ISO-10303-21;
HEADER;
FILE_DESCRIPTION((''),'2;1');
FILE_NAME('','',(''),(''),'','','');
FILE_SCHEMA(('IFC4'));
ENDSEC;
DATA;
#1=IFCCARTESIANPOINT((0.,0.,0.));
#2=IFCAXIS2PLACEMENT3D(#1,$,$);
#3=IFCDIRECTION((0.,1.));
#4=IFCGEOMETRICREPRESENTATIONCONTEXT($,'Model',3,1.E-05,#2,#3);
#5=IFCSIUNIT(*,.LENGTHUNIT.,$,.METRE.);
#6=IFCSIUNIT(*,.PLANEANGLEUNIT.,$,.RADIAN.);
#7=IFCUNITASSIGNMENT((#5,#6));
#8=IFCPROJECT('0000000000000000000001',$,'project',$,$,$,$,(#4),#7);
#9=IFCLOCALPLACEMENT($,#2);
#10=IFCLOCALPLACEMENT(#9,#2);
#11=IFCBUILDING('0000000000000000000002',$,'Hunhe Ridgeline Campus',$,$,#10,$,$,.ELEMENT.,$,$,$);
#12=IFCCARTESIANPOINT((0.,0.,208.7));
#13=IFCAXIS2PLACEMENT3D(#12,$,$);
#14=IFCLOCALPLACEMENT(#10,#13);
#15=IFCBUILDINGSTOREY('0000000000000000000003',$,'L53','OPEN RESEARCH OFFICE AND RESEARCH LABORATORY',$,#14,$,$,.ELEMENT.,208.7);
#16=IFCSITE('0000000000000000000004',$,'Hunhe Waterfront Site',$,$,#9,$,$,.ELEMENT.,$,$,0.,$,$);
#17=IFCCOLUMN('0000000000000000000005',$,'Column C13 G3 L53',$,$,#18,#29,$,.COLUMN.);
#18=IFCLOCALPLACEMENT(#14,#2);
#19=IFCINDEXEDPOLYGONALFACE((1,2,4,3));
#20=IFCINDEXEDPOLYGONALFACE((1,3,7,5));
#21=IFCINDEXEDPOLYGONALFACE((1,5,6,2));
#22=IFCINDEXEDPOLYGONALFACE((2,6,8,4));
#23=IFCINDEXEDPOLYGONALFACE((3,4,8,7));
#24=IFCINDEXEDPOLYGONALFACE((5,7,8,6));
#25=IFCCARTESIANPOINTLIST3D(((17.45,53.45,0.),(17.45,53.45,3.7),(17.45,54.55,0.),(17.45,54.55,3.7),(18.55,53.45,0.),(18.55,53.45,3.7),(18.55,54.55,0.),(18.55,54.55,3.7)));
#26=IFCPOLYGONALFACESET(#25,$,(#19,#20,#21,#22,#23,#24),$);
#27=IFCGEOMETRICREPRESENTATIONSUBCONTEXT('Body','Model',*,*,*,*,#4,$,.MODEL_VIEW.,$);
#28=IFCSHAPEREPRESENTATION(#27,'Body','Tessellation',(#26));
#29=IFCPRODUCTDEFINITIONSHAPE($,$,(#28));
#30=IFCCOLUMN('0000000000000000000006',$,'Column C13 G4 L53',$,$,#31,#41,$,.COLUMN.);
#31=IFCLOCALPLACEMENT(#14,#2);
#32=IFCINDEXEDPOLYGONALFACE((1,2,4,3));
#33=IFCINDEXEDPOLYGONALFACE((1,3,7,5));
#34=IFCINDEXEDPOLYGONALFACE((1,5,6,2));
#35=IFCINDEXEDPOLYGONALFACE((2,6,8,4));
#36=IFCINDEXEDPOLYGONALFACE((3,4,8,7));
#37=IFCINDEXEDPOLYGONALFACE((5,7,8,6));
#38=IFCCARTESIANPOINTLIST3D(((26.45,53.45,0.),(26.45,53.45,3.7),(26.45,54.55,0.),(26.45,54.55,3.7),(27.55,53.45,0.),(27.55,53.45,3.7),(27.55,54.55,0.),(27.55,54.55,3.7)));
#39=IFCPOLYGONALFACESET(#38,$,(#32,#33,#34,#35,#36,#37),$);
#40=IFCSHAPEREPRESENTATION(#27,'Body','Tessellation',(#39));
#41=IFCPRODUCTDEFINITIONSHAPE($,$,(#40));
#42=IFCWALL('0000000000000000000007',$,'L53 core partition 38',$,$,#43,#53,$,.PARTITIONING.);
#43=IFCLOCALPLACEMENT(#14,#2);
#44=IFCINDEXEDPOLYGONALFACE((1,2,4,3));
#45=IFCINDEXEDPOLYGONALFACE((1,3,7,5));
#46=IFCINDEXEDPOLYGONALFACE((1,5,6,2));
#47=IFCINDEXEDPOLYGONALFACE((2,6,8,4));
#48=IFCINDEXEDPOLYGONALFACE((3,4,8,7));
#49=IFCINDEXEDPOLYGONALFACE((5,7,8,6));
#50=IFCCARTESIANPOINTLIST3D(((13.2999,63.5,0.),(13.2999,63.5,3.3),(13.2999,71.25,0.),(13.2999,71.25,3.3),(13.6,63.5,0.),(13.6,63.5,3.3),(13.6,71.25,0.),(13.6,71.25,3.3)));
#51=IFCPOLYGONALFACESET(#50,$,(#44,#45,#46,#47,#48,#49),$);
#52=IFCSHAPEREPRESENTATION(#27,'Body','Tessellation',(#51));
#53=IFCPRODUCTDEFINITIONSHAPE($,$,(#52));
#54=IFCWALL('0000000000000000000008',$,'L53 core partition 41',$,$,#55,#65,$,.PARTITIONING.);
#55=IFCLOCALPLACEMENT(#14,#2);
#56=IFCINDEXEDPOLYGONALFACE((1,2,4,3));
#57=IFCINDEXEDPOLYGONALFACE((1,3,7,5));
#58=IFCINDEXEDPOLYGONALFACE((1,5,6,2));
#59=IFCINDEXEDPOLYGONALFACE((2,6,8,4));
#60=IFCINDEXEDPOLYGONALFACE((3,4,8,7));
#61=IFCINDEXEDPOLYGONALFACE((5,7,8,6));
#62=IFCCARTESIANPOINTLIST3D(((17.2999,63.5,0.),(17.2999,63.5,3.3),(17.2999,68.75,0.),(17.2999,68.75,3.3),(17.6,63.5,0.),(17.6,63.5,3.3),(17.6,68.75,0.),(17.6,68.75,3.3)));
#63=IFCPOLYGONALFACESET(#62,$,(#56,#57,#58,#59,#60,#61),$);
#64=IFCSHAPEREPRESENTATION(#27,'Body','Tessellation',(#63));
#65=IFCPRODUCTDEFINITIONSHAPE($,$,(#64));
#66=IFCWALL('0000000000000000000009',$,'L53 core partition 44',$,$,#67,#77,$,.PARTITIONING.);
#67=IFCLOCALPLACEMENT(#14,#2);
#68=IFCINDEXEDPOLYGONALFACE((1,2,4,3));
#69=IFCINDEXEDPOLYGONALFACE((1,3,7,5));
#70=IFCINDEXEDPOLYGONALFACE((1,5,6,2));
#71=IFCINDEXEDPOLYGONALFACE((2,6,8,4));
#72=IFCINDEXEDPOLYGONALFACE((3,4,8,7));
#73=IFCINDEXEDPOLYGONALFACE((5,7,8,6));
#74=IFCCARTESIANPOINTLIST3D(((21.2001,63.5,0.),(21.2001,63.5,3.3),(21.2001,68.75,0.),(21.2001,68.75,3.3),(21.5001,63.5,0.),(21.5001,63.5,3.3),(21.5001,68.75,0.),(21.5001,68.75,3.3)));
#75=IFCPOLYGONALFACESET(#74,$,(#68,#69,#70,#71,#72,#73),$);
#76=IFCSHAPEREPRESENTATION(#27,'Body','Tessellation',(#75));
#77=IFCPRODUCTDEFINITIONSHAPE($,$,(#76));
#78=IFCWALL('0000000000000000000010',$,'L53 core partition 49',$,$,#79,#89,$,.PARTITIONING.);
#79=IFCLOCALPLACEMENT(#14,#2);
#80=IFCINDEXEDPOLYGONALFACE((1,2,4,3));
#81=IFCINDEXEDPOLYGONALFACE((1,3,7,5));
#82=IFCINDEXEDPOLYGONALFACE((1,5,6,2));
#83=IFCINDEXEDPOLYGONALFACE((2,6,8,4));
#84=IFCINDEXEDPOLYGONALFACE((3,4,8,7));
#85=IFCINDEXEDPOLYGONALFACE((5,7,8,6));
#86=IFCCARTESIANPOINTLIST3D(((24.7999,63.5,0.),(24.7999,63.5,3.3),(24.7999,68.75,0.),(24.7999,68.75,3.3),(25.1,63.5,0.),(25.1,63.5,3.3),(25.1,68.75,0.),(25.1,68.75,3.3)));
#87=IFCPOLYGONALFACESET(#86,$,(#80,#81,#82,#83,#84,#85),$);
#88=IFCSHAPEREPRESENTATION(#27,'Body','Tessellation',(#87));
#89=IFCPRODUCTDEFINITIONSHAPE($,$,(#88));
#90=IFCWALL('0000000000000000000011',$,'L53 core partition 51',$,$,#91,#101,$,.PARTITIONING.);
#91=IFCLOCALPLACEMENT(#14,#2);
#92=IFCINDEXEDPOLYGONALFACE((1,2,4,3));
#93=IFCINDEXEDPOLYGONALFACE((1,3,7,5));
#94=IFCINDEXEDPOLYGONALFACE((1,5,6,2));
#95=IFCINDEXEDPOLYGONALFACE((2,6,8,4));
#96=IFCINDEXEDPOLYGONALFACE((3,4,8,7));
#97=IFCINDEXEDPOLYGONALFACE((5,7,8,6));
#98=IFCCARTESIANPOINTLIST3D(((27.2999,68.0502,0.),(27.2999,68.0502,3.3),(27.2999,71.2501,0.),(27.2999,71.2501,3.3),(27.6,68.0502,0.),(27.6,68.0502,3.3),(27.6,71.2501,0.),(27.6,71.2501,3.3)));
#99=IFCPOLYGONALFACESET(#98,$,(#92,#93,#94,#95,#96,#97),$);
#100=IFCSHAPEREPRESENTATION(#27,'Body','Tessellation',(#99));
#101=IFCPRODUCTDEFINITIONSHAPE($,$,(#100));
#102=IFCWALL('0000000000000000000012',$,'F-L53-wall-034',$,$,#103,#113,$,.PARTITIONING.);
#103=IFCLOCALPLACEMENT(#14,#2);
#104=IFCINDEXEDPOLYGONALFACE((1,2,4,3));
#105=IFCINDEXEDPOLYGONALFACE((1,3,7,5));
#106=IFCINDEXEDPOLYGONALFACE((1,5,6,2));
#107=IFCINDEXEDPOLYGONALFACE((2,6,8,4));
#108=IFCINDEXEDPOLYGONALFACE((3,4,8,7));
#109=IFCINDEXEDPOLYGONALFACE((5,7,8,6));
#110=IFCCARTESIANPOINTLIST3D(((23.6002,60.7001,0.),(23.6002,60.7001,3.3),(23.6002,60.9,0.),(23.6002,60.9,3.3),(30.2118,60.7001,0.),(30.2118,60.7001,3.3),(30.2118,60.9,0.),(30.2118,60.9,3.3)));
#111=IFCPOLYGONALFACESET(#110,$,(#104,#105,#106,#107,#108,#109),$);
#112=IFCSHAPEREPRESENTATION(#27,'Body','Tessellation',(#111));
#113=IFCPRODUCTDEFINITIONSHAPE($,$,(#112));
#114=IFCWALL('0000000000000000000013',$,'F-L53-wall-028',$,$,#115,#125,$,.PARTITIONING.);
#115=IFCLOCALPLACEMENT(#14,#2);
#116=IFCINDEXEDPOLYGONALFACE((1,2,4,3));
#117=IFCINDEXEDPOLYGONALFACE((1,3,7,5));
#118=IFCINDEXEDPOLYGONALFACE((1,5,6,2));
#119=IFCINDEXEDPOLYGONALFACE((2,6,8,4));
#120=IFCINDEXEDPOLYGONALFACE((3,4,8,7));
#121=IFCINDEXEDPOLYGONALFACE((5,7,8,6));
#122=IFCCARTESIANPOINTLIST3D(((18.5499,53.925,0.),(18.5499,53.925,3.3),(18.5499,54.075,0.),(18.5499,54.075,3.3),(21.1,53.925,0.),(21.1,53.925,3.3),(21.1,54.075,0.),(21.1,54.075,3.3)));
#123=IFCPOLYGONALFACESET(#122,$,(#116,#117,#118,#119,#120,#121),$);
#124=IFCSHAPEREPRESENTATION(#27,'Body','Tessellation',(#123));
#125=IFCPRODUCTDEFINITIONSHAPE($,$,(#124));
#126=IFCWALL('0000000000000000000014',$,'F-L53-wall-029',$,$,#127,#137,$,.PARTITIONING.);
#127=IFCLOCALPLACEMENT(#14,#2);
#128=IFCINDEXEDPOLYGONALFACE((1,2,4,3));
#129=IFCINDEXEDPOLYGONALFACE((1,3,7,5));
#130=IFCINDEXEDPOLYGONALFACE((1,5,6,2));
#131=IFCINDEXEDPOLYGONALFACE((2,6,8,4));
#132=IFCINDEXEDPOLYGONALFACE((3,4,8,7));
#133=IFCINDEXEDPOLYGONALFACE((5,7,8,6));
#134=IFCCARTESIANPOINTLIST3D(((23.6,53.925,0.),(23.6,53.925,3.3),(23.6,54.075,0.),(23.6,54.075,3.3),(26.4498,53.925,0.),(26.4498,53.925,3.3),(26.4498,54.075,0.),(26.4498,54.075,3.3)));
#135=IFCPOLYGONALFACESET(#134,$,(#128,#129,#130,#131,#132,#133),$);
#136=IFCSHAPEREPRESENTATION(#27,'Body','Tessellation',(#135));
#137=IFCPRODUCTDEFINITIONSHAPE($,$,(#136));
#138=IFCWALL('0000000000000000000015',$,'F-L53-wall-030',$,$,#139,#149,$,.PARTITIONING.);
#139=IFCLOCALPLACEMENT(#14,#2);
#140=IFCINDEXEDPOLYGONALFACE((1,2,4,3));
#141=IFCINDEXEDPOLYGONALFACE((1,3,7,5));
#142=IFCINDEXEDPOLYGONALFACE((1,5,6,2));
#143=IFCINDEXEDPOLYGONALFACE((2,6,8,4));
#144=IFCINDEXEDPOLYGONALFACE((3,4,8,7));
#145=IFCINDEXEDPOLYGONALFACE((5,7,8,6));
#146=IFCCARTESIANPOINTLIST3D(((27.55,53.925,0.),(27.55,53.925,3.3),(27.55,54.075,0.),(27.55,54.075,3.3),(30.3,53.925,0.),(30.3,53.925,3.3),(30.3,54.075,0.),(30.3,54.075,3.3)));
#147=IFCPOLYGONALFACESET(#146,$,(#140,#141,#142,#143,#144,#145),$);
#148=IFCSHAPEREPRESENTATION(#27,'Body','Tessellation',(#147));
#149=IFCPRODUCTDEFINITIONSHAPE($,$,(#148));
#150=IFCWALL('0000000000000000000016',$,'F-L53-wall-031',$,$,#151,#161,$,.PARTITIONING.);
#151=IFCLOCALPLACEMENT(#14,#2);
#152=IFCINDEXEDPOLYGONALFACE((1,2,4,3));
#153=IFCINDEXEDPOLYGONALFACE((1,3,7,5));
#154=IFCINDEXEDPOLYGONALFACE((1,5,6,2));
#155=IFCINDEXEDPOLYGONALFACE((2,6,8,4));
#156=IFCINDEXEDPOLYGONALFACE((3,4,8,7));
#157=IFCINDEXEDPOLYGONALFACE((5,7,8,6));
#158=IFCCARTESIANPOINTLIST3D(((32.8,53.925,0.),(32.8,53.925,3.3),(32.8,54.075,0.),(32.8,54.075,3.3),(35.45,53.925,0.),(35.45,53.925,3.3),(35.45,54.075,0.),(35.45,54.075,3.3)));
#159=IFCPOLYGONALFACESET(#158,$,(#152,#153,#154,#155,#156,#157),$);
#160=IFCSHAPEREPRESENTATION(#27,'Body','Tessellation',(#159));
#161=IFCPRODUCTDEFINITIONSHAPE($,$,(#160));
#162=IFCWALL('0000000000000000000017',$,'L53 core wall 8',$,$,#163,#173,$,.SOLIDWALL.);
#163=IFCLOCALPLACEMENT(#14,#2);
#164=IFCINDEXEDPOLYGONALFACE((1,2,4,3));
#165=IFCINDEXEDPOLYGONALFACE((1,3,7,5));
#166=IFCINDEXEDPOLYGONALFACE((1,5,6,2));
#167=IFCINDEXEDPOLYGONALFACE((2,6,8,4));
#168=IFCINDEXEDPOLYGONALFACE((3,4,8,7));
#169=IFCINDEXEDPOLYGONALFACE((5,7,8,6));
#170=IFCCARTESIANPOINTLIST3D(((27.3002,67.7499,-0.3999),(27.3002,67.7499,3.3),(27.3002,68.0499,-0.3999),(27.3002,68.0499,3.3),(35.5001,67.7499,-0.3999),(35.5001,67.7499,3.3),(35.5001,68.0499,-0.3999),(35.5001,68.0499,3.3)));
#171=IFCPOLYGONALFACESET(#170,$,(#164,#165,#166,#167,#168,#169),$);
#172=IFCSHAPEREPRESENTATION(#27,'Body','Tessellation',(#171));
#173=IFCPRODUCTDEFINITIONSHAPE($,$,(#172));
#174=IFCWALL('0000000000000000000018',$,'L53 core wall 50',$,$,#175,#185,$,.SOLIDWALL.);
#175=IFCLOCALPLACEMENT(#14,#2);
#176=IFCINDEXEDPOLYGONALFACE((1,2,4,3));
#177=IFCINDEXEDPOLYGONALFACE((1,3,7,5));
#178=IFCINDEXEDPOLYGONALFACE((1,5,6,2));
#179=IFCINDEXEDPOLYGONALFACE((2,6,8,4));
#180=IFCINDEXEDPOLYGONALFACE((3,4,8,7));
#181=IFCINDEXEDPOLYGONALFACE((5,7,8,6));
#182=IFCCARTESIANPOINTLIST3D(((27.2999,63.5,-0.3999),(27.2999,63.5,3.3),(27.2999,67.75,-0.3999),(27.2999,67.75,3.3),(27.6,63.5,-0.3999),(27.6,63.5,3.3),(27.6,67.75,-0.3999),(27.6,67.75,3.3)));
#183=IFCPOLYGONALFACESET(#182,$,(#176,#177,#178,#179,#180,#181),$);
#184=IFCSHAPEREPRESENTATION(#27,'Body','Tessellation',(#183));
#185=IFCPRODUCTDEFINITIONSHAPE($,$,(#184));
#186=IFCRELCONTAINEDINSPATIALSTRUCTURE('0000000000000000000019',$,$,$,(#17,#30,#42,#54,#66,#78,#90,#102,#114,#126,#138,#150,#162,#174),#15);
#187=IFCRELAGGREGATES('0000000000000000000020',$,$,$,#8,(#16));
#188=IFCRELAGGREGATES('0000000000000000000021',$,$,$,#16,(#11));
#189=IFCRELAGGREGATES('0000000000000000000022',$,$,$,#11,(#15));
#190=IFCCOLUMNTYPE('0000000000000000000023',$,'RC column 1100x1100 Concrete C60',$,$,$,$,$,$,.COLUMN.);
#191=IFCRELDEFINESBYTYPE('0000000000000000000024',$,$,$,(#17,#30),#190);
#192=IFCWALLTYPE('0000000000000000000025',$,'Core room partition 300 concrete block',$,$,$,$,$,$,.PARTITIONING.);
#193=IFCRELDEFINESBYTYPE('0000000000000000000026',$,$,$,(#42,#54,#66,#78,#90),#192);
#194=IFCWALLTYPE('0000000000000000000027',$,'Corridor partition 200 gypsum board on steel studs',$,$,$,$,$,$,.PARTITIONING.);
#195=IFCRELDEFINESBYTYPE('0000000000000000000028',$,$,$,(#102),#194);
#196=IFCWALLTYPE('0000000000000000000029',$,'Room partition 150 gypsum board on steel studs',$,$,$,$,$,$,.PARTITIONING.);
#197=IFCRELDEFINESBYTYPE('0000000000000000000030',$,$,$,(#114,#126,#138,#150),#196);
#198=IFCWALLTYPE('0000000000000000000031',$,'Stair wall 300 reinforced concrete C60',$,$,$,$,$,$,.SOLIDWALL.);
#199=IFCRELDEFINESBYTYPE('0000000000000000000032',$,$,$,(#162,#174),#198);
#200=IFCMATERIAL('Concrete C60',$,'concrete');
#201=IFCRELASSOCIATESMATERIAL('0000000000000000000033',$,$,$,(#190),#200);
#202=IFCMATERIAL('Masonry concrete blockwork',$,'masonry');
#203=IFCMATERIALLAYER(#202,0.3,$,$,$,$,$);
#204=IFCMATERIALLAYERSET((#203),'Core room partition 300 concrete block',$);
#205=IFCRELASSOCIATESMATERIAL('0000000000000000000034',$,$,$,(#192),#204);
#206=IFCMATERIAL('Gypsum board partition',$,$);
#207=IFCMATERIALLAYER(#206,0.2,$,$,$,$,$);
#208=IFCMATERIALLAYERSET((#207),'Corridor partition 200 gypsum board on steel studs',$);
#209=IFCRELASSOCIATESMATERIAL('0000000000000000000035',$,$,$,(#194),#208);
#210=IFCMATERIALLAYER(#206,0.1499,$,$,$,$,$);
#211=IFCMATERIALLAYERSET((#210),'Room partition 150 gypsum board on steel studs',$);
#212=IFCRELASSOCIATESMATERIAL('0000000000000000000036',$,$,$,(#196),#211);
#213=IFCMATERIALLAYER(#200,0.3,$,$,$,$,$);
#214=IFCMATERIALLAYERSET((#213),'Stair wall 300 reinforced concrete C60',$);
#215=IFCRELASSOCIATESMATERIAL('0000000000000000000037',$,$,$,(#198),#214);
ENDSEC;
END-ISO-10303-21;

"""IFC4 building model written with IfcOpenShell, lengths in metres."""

from ifc_helpers import new_model, si_unit, direction, frame, frame_2d, origin, origin_2d, place, context, subcontext, project, spatial, rectangle, extrude, material, layer, layer_set, material_profile, profile_set, type_object, element, save


model = new_model("IFC4")

# Units and contexts
model_context = context("Model", 3, precision=1e-05, world=origin(), true_north=direction((0.0, 1.0)))
body_context = subcontext(model_context, "Body", "Model", "MODEL_VIEW")
ifc_project = project(units=[si_unit("LENGTHUNIT", "METRE"), si_unit("PLANEANGLEUNIT", "RADIAN")], contexts=[model_context])

# Site, building, storey
site_placement = place(None, origin())
site = spatial("IfcSite", under=ifc_project, at=site_placement, Name="Hunhe Waterfront Site", CompositionType="ELEMENT", RefElevation=0.0)
building_placement = place(site_placement, origin())
building = spatial("IfcBuilding", under=site, at=building_placement, Name="Hunhe Ridgeline Campus", CompositionType="ELEMENT")
storey_placement = place(building_placement, frame((0.0, 0.0, 208.7)))
storey = spatial("IfcBuildingStorey", under=building, at=storey_placement, Name="L53", Description="OPEN RESEARCH OFFICE AND RESEARCH LABORATORY", CompositionType="ELEMENT", Elevation=208.7)

# Columns
ifc_material_1 = material(Name="Concrete C60", Category="concrete")
ifc_material_profile = material_profile(ifc_material_1, rectangle(XDim=1.1001, YDim=1.1001, at=origin_2d()))
ifc_profile_set = profile_set([ifc_material_profile], Name="Concrete C60")
column_type = type_object("IfcColumnType", Name="RC column 1100x1100 Concrete C60", PredefinedType="COLUMN", material=ifc_profile_set)
for number, where, z_axis, x_axis, name in (
    (1, (18.0, 54.0, 0.0), (0.0, 0.0, 1.0), (1.0, 0.0, 0.0), "Column C13 G3 L53"),
    (2, (27.0, 54.0, 0.0), (0.0, 0.0, 1.0), (1.0, 0.0, 0.0), "Column C13 G4 L53"),
):
    element("IfcColumn", number, at=place(storey_placement, frame(where, z_axis=z_axis, x_axis=x_axis)), inside=storey, type_object=column_type, Name=name, PredefinedType="COLUMN", context=body_context, shape_type="SweptSolid", body=[
        extrude(rectangle(XDim=1.1001, YDim=1.1001, at=origin_2d()), origin(), (0.0, 0.0, 1.0), 3.7),
    ])

# Walls
ifc_material_2 = material(Name="Masonry concrete blockwork", Category="masonry")
ifc_layer_1 = layer(ifc_material_2, 0.3)
ifc_layer_set_1 = layer_set([ifc_layer_1], Name="Core room partition 300 concrete block")
wall_type_1 = type_object("IfcWallType", Name="Core room partition 300 concrete block", PredefinedType="PARTITIONING", material=ifc_layer_set_1)
wall_1_placement = place(storey_placement, frame((13.45, 63.5, 0.0), z_axis=(0.0, 0.0, 1.0), x_axis=(0.0, 1.0, 0.0)))
element("IfcWall", 3, at=wall_1_placement, inside=storey, type_object=wall_type_1, Name="L53 core partition 38", PredefinedType="PARTITIONING", context=body_context, shape_type="SweptSolid", body=[
    extrude(rectangle(XDim=7.75, YDim=0.3, at=frame_2d((3.875, 0.0))), origin(), (0.0, 0.0, 1.0), 3.3),
])
for number, where, z_axis, x_axis, name in (
    (4, (17.45, 63.5, 0.0), (0.0, 0.0, 1.0), (0.0, 1.0, 0.0), "L53 core partition 41"),
    (5, (21.3501, 63.5, 0.0), (0.0, 0.0, 1.0), (0.0, 1.0, 0.0), "L53 core partition 44"),
    (6, (24.95, 63.5, 0.0), (0.0, 0.0, 1.0), (0.0, 1.0, 0.0), "L53 core partition 49"),
):
    element("IfcWall", number, at=place(storey_placement, frame(where, z_axis=z_axis, x_axis=x_axis)), inside=storey, type_object=wall_type_1, Name=name, PredefinedType="PARTITIONING", context=body_context, shape_type="SweptSolid", body=[
        extrude(rectangle(XDim=5.25, YDim=0.3, at=frame_2d((2.625, 0.0))), origin(), (0.0, 0.0, 1.0), 3.3),
    ])
wall_2_placement = place(storey_placement, frame((27.45, 68.05, 0.0), z_axis=(0.0, 0.0, 1.0), x_axis=(0.0, 1.0, 0.0)))
element("IfcWall", 7, at=wall_2_placement, inside=storey, type_object=wall_type_1, Name="L53 core partition 51", PredefinedType="PARTITIONING", context=body_context, shape_type="SweptSolid", body=[
    extrude(rectangle(XDim=3.2, YDim=0.3, at=frame_2d((1.6001, 0.0))), origin(), (0.0, 0.0, 1.0), 3.3),
])

# Shared definitions
ifc_material_3 = material(Name="Gypsum board partition")
ifc_layer_2 = layer(ifc_material_3, 0.2)
ifc_layer_set_2 = layer_set([ifc_layer_2], Name="Corridor partition 200 gypsum board on steel studs")
wall_type_2 = type_object("IfcWallType", Name="Corridor partition 200 gypsum board on steel studs", PredefinedType="PARTITIONING", material=ifc_layer_set_2)

# Wall
wall_3_placement = place(storey_placement, frame((30.2117, 60.8, 0.0), z_axis=(0.0, 0.0, 1.0), x_axis=(-1.0, 0.0, 0.0)))
element("IfcWall", 8, at=wall_3_placement, inside=storey, type_object=wall_type_2, Name="F-L53-wall-034", PredefinedType="PARTITIONING", context=body_context, shape_type="SweptSolid", body=[
    extrude(rectangle(XDim=6.6116, YDim=0.2, at=frame_2d((3.3057, 0.0))), origin(), (0.0, 0.0, 1.0), 3.3),
])

# Walls
ifc_layer_3 = layer(ifc_material_3, 0.1499)
ifc_layer_set_3 = layer_set([ifc_layer_3], Name="Room partition 150 gypsum board on steel studs")
wall_type_3 = type_object("IfcWallType", Name="Room partition 150 gypsum board on steel studs", PredefinedType="PARTITIONING", material=ifc_layer_set_3)
wall_4_placement = place(storey_placement, frame((18.55, 54.0, 0.0), z_axis=(0.0, 0.0, 1.0), x_axis=(1.0, 0.0, 0.0)))
element("IfcWall", 9, at=wall_4_placement, inside=storey, type_object=wall_type_3, Name="F-L53-wall-028", PredefinedType="PARTITIONING", context=body_context, shape_type="SweptSolid", body=[
    extrude(rectangle(XDim=2.55, YDim=0.1499, at=frame_2d((1.2749, 0.0))), origin(), (0.0, 0.0, 1.0), 3.3),
])
wall_5_placement = place(storey_placement, frame((23.6001, 54.0, 0.0), z_axis=(0.0, 0.0, 1.0), x_axis=(1.0, 0.0, 0.0)))
element("IfcWall", 10, at=wall_5_placement, inside=storey, type_object=wall_type_3, Name="F-L53-wall-029", PredefinedType="PARTITIONING", context=body_context, shape_type="SweptSolid", body=[
    extrude(rectangle(XDim=2.8499, YDim=0.1499, at=frame_2d((1.4248, 0.0))), origin(), (0.0, 0.0, 1.0), 3.3),
])
wall_6_placement = place(storey_placement, frame((27.55, 54.0, 0.0), z_axis=(0.0, 0.0, 1.0), x_axis=(1.0, 0.0, 0.0)))
element("IfcWall", 11, at=wall_6_placement, inside=storey, type_object=wall_type_3, Name="F-L53-wall-030", PredefinedType="PARTITIONING", context=body_context, shape_type="SweptSolid", body=[
    extrude(rectangle(XDim=2.75, YDim=0.1499, at=frame_2d((1.375, 0.0))), origin(), (0.0, 0.0, 1.0), 3.3),
])
wall_7_placement = place(storey_placement, frame((32.8, 54.0, 0.0), z_axis=(0.0, 0.0, 1.0), x_axis=(1.0, 0.0, 0.0)))
element("IfcWall", 12, at=wall_7_placement, inside=storey, type_object=wall_type_3, Name="F-L53-wall-031", PredefinedType="PARTITIONING", context=body_context, shape_type="SweptSolid", body=[
    extrude(rectangle(XDim=2.6499, YDim=0.1499, at=frame_2d((1.325, 0.0))), origin(), (0.0, 0.0, 1.0), 3.3),
])
ifc_layer_4 = layer(ifc_material_1, 0.3)
ifc_layer_set_4 = layer_set([ifc_layer_4], Name="Stair wall 300 reinforced concrete C60")
wall_type_4 = type_object("IfcWallType", Name="Stair wall 300 reinforced concrete C60", PredefinedType="SOLIDWALL", material=ifc_layer_set_4)
wall_8_placement = place(storey_placement, frame((27.3, 67.8999, -0.3999), z_axis=(0.0, 0.0, 1.0), x_axis=(1.0, 0.0, 0.0)))
element("IfcWall", 13, at=wall_8_placement, inside=storey, type_object=wall_type_4, Name="L53 core wall 8", PredefinedType="SOLIDWALL", context=body_context, shape_type="SweptSolid", body=[
    extrude(rectangle(XDim=8.2, YDim=0.3, at=frame_2d((4.1001, 0.0))), origin(), (0.0, 0.0, 1.0), 3.7),
])
wall_9_placement = place(storey_placement, frame((27.45, 63.5, -0.3999), z_axis=(0.0, 0.0, 1.0), x_axis=(0.0, 1.0, 0.0)))
element("IfcWall", 14, at=wall_9_placement, inside=storey, type_object=wall_type_4, Name="L53 core wall 50", PredefinedType="SOLIDWALL", context=body_context, shape_type="SweptSolid", body=[
    extrude(rectangle(XDim=4.25, YDim=0.3, at=frame_2d((2.125, 0.0))), origin(), (0.0, 0.0, 1.0), 3.7),
])

save(model, "model.ifc")
